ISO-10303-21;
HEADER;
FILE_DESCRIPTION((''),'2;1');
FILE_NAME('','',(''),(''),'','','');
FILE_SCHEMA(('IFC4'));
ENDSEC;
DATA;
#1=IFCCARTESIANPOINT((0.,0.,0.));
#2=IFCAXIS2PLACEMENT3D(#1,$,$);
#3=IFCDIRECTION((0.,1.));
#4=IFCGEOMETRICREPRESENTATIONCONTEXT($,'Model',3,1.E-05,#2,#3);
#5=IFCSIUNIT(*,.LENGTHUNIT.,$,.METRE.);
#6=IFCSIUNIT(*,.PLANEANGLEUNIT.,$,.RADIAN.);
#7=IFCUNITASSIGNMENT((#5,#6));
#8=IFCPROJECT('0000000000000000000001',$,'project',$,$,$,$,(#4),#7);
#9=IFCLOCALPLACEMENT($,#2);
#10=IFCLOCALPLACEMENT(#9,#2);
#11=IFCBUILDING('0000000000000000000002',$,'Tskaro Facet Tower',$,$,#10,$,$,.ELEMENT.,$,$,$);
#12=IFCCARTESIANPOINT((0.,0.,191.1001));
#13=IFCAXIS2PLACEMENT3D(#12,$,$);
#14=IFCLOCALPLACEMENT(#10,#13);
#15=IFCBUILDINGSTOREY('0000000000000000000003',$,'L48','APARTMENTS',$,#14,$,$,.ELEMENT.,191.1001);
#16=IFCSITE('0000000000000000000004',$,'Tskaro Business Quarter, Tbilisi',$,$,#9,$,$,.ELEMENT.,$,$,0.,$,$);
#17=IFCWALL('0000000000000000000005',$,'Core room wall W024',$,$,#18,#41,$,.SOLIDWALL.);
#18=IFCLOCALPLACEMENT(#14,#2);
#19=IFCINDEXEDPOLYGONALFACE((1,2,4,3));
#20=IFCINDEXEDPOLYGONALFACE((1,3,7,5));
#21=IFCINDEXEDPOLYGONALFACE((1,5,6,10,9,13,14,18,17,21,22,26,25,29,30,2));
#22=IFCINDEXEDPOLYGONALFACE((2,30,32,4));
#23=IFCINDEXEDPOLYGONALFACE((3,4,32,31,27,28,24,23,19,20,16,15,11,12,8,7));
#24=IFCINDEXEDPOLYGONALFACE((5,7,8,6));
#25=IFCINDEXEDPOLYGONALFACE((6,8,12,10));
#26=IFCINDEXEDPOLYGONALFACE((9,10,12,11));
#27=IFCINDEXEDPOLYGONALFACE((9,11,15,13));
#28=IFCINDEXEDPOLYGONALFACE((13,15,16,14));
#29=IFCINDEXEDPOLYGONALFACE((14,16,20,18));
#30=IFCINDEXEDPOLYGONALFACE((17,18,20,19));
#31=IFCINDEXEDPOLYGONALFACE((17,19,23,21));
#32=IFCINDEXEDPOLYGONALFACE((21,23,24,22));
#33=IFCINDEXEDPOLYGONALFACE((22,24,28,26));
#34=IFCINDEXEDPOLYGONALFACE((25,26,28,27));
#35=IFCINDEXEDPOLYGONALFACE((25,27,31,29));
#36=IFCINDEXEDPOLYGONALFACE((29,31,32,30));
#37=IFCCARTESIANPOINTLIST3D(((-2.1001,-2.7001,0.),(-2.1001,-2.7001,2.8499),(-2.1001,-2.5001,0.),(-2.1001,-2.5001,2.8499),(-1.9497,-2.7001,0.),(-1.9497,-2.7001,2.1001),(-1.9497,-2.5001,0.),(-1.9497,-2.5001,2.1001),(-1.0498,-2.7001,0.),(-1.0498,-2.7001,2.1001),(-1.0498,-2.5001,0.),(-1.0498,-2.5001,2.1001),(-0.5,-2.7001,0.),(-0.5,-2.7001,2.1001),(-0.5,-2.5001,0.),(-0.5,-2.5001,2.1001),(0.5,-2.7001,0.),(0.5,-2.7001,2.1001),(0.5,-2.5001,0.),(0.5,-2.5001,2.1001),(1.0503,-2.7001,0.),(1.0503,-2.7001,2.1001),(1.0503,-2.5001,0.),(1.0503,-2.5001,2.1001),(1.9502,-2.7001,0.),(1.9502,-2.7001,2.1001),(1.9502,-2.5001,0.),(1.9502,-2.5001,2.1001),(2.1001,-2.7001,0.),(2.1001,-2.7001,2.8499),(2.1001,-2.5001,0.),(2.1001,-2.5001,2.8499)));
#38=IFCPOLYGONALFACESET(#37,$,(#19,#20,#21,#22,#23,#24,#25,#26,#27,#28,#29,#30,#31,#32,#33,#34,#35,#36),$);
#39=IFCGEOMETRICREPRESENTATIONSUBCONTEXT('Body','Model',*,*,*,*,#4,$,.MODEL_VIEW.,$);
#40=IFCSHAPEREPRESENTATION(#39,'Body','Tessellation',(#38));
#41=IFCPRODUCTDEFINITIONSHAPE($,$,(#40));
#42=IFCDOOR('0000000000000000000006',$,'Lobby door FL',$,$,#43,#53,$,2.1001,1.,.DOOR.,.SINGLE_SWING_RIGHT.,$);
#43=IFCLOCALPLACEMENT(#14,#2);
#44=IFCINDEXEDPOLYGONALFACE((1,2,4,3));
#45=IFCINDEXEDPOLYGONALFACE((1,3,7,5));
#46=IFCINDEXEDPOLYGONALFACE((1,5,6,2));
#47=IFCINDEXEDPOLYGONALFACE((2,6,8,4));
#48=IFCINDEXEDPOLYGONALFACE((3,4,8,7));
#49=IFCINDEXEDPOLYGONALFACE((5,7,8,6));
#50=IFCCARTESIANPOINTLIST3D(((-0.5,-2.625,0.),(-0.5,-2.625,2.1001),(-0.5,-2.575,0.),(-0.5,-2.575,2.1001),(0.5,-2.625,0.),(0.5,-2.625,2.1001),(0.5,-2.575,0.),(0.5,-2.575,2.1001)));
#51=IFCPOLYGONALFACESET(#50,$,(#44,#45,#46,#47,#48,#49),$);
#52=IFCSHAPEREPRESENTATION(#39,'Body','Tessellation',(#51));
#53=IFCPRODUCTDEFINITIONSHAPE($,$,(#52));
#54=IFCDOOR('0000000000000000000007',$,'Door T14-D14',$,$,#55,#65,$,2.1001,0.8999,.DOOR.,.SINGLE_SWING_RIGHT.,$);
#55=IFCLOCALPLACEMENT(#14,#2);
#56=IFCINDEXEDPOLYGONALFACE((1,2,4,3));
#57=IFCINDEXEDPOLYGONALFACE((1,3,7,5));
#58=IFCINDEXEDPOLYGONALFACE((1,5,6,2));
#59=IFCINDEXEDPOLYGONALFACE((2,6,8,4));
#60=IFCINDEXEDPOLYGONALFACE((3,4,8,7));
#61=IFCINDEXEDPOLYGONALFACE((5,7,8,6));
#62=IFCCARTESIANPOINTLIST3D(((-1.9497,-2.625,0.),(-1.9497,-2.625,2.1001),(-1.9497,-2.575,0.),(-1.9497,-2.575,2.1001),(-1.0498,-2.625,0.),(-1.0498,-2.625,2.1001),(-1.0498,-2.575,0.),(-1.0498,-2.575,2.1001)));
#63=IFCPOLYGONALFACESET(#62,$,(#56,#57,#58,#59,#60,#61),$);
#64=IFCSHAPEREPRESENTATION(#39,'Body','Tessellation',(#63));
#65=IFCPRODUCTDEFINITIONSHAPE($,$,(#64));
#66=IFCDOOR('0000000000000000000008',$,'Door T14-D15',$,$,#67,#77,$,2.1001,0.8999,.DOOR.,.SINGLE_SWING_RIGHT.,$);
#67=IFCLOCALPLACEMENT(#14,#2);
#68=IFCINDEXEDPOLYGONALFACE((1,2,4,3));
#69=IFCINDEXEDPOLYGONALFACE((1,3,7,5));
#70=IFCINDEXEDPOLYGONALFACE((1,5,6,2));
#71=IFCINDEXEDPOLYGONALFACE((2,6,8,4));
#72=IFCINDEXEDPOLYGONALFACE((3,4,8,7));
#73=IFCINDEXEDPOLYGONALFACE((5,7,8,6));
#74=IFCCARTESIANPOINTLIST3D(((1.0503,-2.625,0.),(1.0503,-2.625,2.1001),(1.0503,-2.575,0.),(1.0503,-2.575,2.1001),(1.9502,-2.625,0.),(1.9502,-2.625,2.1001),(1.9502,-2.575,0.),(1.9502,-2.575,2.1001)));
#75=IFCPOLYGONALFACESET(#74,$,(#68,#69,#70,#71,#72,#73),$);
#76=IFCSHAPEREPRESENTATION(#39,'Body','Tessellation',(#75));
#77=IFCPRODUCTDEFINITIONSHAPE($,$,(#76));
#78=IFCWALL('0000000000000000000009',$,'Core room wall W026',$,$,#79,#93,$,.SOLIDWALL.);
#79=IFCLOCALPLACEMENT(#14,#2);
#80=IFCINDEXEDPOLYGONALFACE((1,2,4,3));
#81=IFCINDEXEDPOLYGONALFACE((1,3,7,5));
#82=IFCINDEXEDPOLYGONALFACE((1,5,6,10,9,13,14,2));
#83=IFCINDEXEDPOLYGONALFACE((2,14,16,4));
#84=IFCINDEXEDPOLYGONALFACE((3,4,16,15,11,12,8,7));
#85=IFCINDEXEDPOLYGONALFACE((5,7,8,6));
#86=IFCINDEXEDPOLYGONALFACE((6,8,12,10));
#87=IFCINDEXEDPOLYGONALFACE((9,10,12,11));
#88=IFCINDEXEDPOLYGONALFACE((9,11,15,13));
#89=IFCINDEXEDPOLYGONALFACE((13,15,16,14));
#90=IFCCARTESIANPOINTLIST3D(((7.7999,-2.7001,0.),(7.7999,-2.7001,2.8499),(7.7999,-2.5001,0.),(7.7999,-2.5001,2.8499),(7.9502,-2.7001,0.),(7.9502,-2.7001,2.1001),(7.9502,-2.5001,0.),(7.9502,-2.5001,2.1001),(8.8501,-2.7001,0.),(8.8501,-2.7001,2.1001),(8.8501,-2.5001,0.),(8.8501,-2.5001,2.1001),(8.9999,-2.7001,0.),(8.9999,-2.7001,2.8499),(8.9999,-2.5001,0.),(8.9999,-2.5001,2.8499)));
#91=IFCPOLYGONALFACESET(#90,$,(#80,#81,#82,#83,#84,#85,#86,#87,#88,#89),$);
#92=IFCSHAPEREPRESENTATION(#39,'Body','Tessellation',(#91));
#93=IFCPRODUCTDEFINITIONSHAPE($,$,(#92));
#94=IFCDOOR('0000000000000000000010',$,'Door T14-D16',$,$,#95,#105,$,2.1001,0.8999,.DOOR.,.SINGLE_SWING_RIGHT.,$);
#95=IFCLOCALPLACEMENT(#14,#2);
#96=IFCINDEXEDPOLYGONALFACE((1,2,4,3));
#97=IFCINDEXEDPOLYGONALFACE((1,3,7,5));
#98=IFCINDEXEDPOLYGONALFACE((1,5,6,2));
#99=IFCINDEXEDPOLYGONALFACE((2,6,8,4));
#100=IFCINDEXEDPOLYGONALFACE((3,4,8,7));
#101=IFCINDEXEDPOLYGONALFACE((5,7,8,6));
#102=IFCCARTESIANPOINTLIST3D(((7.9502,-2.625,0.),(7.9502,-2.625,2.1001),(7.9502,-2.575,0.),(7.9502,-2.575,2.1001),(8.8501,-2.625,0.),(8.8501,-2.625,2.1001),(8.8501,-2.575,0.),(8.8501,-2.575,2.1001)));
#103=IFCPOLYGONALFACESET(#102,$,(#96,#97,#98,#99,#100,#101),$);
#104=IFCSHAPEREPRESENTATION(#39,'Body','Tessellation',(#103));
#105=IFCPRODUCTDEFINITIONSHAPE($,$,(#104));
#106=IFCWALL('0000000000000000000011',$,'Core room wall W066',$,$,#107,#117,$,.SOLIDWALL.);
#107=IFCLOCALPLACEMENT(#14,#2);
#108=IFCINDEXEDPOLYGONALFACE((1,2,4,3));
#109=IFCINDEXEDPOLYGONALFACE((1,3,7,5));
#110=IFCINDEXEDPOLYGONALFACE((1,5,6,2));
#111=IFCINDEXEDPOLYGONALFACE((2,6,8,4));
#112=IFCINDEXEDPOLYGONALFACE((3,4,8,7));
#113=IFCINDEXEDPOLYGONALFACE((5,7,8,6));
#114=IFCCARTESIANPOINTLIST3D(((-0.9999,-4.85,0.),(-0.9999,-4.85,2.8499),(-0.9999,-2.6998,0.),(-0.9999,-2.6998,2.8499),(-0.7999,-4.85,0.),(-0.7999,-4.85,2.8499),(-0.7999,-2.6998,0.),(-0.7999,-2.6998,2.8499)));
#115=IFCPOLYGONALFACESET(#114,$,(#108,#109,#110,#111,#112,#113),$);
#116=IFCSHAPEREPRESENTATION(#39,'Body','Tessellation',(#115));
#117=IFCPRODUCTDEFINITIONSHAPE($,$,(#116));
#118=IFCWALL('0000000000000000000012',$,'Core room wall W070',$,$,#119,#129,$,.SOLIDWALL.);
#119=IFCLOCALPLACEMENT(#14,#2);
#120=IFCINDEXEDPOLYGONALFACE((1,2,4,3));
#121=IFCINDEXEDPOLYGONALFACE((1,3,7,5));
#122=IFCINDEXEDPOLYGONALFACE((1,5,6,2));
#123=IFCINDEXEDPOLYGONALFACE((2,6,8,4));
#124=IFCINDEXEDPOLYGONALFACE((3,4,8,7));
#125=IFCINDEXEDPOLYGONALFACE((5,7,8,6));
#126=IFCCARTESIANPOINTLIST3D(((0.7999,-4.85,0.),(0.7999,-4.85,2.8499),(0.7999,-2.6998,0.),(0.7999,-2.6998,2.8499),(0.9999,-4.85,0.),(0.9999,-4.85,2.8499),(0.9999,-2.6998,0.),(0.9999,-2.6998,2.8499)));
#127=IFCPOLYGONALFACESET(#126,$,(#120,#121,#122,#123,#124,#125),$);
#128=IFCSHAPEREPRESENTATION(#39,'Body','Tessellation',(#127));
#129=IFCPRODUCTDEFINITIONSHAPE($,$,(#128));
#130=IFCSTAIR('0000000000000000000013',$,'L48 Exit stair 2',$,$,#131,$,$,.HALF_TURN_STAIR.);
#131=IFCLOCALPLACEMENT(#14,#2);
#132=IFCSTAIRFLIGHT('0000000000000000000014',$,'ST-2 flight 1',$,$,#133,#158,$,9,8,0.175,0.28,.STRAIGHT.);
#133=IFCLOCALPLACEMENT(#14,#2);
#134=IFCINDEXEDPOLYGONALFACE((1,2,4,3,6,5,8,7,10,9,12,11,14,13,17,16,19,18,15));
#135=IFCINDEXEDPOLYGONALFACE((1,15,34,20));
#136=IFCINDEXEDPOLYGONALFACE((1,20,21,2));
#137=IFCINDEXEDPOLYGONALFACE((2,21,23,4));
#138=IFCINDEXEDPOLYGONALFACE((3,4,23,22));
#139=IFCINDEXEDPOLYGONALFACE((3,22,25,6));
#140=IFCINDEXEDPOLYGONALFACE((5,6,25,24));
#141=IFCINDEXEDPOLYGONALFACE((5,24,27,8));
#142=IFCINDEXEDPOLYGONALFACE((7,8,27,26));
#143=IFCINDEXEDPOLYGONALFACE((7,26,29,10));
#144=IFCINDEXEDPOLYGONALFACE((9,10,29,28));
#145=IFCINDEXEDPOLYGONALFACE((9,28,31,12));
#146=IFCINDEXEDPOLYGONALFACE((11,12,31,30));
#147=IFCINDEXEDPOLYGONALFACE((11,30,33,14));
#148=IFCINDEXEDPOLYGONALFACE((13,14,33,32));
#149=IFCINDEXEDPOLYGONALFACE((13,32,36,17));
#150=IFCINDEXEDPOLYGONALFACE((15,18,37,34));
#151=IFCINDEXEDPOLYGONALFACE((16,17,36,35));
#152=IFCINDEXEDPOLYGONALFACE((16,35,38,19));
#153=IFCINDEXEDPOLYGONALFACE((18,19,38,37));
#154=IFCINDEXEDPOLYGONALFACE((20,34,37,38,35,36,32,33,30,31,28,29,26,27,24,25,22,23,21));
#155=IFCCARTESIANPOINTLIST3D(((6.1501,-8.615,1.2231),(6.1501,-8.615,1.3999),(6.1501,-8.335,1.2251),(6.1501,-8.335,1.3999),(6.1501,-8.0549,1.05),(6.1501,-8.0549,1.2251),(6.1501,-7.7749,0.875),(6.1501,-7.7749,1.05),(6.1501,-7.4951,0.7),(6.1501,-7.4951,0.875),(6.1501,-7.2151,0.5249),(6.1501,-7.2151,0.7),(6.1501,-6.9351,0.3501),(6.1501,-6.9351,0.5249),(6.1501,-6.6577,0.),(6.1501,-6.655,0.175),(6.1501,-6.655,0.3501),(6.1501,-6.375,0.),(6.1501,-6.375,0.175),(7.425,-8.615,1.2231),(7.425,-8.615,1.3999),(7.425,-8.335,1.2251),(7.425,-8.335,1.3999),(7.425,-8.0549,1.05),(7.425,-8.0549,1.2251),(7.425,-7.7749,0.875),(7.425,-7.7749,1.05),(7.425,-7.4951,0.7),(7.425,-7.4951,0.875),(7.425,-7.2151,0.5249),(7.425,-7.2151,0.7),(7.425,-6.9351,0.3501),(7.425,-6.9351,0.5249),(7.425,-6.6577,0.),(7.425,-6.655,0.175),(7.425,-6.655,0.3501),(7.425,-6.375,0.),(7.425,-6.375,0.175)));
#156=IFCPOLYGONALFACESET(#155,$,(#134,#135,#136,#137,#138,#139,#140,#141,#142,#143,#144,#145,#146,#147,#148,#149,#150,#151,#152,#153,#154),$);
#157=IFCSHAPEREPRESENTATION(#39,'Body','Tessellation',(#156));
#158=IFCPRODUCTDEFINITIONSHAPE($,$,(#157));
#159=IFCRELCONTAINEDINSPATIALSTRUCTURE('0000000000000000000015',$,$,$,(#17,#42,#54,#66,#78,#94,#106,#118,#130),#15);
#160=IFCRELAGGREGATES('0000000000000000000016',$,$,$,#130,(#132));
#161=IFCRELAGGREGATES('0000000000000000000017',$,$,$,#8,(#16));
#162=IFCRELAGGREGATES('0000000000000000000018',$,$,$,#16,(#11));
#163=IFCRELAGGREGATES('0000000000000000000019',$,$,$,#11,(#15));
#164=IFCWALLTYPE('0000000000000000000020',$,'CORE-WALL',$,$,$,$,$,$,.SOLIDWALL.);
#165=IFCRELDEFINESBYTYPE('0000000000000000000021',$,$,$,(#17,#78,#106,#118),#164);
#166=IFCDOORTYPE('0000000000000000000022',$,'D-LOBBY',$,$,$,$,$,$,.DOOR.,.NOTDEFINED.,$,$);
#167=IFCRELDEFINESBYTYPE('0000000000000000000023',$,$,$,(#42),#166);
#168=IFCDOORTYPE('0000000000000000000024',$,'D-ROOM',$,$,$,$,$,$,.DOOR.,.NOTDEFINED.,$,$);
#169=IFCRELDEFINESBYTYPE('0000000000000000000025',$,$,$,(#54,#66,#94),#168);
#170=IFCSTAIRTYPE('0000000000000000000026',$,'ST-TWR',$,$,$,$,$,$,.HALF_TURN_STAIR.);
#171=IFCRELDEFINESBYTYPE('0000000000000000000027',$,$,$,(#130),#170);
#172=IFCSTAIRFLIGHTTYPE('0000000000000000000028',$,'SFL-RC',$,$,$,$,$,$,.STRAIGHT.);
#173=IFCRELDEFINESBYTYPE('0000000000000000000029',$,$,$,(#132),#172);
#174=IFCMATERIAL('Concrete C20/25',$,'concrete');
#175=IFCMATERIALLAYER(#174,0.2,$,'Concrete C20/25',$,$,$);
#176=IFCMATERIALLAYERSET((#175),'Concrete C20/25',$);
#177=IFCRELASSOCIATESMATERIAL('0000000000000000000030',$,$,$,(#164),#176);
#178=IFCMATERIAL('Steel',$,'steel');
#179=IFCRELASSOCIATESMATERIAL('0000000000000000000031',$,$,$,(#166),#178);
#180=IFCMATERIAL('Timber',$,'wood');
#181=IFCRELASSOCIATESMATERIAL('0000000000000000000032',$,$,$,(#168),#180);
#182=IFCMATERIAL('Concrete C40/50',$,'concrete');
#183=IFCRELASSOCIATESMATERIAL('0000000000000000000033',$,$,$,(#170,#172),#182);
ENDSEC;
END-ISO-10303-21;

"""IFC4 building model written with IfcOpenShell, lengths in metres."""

from ifc_helpers import new_model, si_unit, direction, frame, frame_2d, origin, place, context, subcontext, project, spatial, polyline, rectangle, outline, extrude, material, layer, layer_set, type_object, element, fill, aggregate, save


model = new_model("IFC4")

# Units and contexts
model_context = context("Model", 3, precision=1e-05, world=origin(), true_north=direction((0.0, 1.0)))
body_context = subcontext(model_context, "Body", "Model", "MODEL_VIEW")
ifc_project = project(units=[si_unit("LENGTHUNIT", "METRE"), si_unit("PLANEANGLEUNIT", "RADIAN")], contexts=[model_context])

# Site, building, storey
site_placement = place(None, origin())
site = spatial("IfcSite", under=ifc_project, at=site_placement, Name="Tskaro Business Quarter, Tbilisi", CompositionType="ELEMENT", RefElevation=0.0)
building_placement = place(site_placement, origin())
building = spatial("IfcBuilding", under=site, at=building_placement, Name="Tskaro Facet Tower", CompositionType="ELEMENT")
storey_placement = place(building_placement, frame((0.0, 0.0, 191.1001)))
storey = spatial("IfcBuildingStorey", under=building, at=storey_placement, Name="L48", Description="APARTMENTS", CompositionType="ELEMENT", Elevation=191.1001)

# Shared definitions
ifc_material_1 = material(Name="Steel", Category="steel")

# Shared definitions
ifc_material_2 = material(Name="Concrete C20/25", Category="concrete")
ifc_layer_1 = layer(ifc_material_2, 0.2, Name="Concrete C20/25")
ifc_layer_set_1 = layer_set([ifc_layer_1], Name="Concrete C20/25")
wall_type_1 = type_object("IfcWallType", Name="CORE-WALL", PredefinedType="SOLIDWALL", material=ifc_layer_set_1)

# Wall, openings, doors
wall_1_placement = place(storey_placement, frame((2.1001, -2.6001, 0.0), z_axis=(0.0, 0.0, 1.0), x_axis=(-1.0, 0.0, 0.0)))
wall_1 = element("IfcWall", 1, at=wall_1_placement, inside=storey, type_object=wall_type_1, Name="Core room wall W024", PredefinedType="SOLIDWALL", context=body_context, shape_type="SweptSolid", body=[
    extrude(rectangle(XDim=4.2002, YDim=0.2, at=frame_2d((2.1001, 0.0))), origin(), (0.0, 0.0, 1.0), 2.8499),
])
opening_1_placement = place(wall_1_placement, frame((1.6001, 0.0, 0.0)))
opening_1 = element("IfcOpeningElement", 2, at=opening_1_placement, cuts=wall_1, PredefinedType="OPENING", context=body_context, shape_type="SweptSolid", body=[
    extrude(rectangle(XDim=1.0, YDim=2.1001, at=frame_2d((0.5, 1.05))), frame((0.0, 0.1099, 0.0), z_axis=(0.0, -1.0, 0.0), x_axis=(1.0, 0.0, 0.0)), (0.0, 0.0, 1.0), 0.22),
])
opening_2_placement = place(wall_1_placement, frame((3.1499, 0.0, 0.0)))
opening_2 = element("IfcOpeningElement", 3, at=opening_2_placement, cuts=wall_1, PredefinedType="OPENING", context=body_context, shape_type="SweptSolid", body=[
    extrude(rectangle(XDim=0.8999, YDim=2.1001, at=frame_2d((0.45, 1.05))), frame((0.0, 0.1099, 0.0), z_axis=(0.0, -1.0, 0.0), x_axis=(1.0, 0.0, 0.0)), (0.0, 0.0, 1.0), 0.22),
])
opening_3_placement = place(wall_1_placement, frame((0.1499, 0.0, 0.0)))
opening_3 = element("IfcOpeningElement", 4, at=opening_3_placement, cuts=wall_1, PredefinedType="OPENING", context=body_context, shape_type="SweptSolid", body=[
    extrude(rectangle(XDim=0.8999, YDim=2.1001, at=frame_2d((0.45, 1.05))), frame((0.0, 0.1099, 0.0), z_axis=(0.0, -1.0, 0.0), x_axis=(1.0, 0.0, 0.0)), (0.0, 0.0, 1.0), 0.22),
])
door_type_1 = type_object("IfcDoorType", Name="D-LOBBY", OperationType="NOTDEFINED", PredefinedType="DOOR", material=ifc_material_1)
door_1_placement = place(opening_1_placement, origin())
door_1 = element("IfcDoor", 5, at=door_1_placement, inside=storey, type_object=door_type_1, Name="Lobby door FL", OperationType="SINGLE_SWING_RIGHT", OverallHeight=2.1001, OverallWidth=1.0, PredefinedType="DOOR", context=body_context, shape_type="SweptSolid", body=[
    extrude(rectangle(XDim=1.0, YDim=2.1001, at=frame_2d((0.5, 1.05))), frame((0.0, 0.0249, 0.0), z_axis=(0.0, -1.0, 0.0), x_axis=(1.0, 0.0, 0.0)), (0.0, 0.0, 1.0), 0.05),
])
fill(opening_1, door_1)
ifc_material_3 = material(Name="Timber", Category="wood")
door_type_2 = type_object("IfcDoorType", Name="D-ROOM", OperationType="NOTDEFINED", PredefinedType="DOOR", material=ifc_material_3)
door_2_placement = place(opening_2_placement, origin())
door_2 = element("IfcDoor", 6, at=door_2_placement, inside=storey, type_object=door_type_2, Name="Door T14-D14", OperationType="SINGLE_SWING_RIGHT", OverallHeight=2.1001, OverallWidth=0.8999, PredefinedType="DOOR", context=body_context, shape_type="SweptSolid", body=[
    extrude(rectangle(XDim=0.8999, YDim=2.1001, at=frame_2d((0.45, 1.05))), frame((0.0, 0.0249, 0.0), z_axis=(0.0, -1.0, 0.0), x_axis=(1.0, 0.0, 0.0)), (0.0, 0.0, 1.0), 0.05),
])
fill(opening_2, door_2)
door_3_placement = place(opening_3_placement, origin())
door_3 = element("IfcDoor", 7, at=door_3_placement, inside=storey, type_object=door_type_2, Name="Door T14-D15", OperationType="SINGLE_SWING_RIGHT", OverallHeight=2.1001, OverallWidth=0.8999, PredefinedType="DOOR", context=body_context, shape_type="SweptSolid", body=[
    extrude(rectangle(XDim=0.8999, YDim=2.1001, at=frame_2d((0.45, 1.05))), frame((0.0, 0.0249, 0.0), z_axis=(0.0, -1.0, 0.0), x_axis=(1.0, 0.0, 0.0)), (0.0, 0.0, 1.0), 0.05),
])
fill(opening_3, door_3)

# Wall, opening, door
wall_2_placement = place(storey_placement, frame((9.0, -2.6001, 0.0), z_axis=(0.0, 0.0, 1.0), x_axis=(-1.0, 0.0, 0.0)))
wall_2 = element("IfcWall", 8, at=wall_2_placement, inside=storey, type_object=wall_type_1, Name="Core room wall W026", PredefinedType="SOLIDWALL", context=body_context, shape_type="SweptSolid", body=[
    extrude(rectangle(XDim=1.2, YDim=0.2, at=frame_2d((0.6001, 0.0))), origin(), (0.0, 0.0, 1.0), 2.8499),
])
opening_4_placement = place(wall_2_placement, frame((0.1499, 0.0, 0.0)))
opening_4 = element("IfcOpeningElement", 9, at=opening_4_placement, cuts=wall_2, PredefinedType="OPENING", context=body_context, shape_type="SweptSolid", body=[
    extrude(rectangle(XDim=0.8999, YDim=2.1001, at=frame_2d((0.45, 1.05))), frame((0.0, 0.1099, 0.0), z_axis=(0.0, -1.0, 0.0), x_axis=(1.0, 0.0, 0.0)), (0.0, 0.0, 1.0), 0.22),
])
door_4_placement = place(opening_4_placement, origin())
door_4 = element("IfcDoor", 10, at=door_4_placement, inside=storey, type_object=door_type_2, Name="Door T14-D16", OperationType="SINGLE_SWING_RIGHT", OverallHeight=2.1001, OverallWidth=0.8999, PredefinedType="DOOR", context=body_context, shape_type="SweptSolid", body=[
    extrude(rectangle(XDim=0.8999, YDim=2.1001, at=frame_2d((0.45, 1.05))), frame((0.0, 0.0249, 0.0), z_axis=(0.0, -1.0, 0.0), x_axis=(1.0, 0.0, 0.0)), (0.0, 0.0, 1.0), 0.05),
])
fill(opening_4, door_4)

# Walls
for number, where, z_axis, x_axis, name in (
    (11, (-0.8999, -4.8501, 0.0), (0.0, 0.0, 1.0), (0.0, 1.0, 0.0), "Core room wall W066"),
    (12, (0.8999, -4.8501, 0.0), (0.0, 0.0, 1.0), (0.0, 1.0, 0.0), "Core room wall W070"),
):
    element("IfcWall", number, at=place(storey_placement, frame(where, z_axis=z_axis, x_axis=x_axis)), inside=storey, type_object=wall_type_1, Name=name, PredefinedType="SOLIDWALL", context=body_context, shape_type="SweptSolid", body=[
        extrude(rectangle(XDim=2.1501, YDim=0.2, at=frame_2d((1.0752, 0.0))), origin(), (0.0, 0.0, 1.0), 2.8499),
    ])

# Stair, stair flight
ifc_material_4 = material(Name="Concrete C40/50", Category="concrete")
stair_type = type_object("IfcStairType", Name="ST-TWR", PredefinedType="HALF_TURN_STAIR", material=ifc_material_4)
stair_placement = place(storey_placement, origin())
stair = element("IfcStair", 13, at=stair_placement, inside=storey, type_object=stair_type, Name="L48 Exit stair 2", PredefinedType="HALF_TURN_STAIR")
stair_flight_type = type_object("IfcStairFlightType", Name="SFL-RC", PredefinedType="STRAIGHT", material=ifc_material_4)
stair_flight_1_placement = place(storey_placement, frame((6.7876, -6.375, 0.0), z_axis=(0.0, 0.0, 1.0), x_axis=(0.0, -1.0, 0.0)))
stair_flight_1 = element("IfcStairFlight", 14, at=stair_flight_1_placement, type_object=stair_flight_type, Name="ST-2 flight 1", NumberOfRisers=9, NumberOfTreads=8, PredefinedType="STRAIGHT", RiserHeight=0.175, TreadLength=0.28, context=body_context, shape_type="SweptSolid", body=[
    extrude(outline(polyline([(0.0, 0.0), (0.0, 0.175), (0.28, 0.175), (0.28, 0.3501), (0.5601, 0.3501), (0.5601, 0.5249), (0.8401, 0.5249), (0.8401, 0.7), (1.1201, 0.7), (1.1201, 0.875), (1.3999, 0.875), (1.3999, 1.05), (1.6799, 1.05), (1.6799, 1.2251), (1.96, 1.2251), (1.96, 1.3999), (2.24, 1.3999), (2.24, 1.575), (2.24, 1.2231), (0.2827, 0.0), (0.0, 0.0)])), frame((0.0, 0.6375, 0.0), z_axis=(0.0, -1.0, 0.0), x_axis=(1.0, 0.0, 0.0)), (0.0, 0.0, 1.0), 1.2749),
])
aggregate(stair, [stair_flight_1])

save(model, "model.ifc")
